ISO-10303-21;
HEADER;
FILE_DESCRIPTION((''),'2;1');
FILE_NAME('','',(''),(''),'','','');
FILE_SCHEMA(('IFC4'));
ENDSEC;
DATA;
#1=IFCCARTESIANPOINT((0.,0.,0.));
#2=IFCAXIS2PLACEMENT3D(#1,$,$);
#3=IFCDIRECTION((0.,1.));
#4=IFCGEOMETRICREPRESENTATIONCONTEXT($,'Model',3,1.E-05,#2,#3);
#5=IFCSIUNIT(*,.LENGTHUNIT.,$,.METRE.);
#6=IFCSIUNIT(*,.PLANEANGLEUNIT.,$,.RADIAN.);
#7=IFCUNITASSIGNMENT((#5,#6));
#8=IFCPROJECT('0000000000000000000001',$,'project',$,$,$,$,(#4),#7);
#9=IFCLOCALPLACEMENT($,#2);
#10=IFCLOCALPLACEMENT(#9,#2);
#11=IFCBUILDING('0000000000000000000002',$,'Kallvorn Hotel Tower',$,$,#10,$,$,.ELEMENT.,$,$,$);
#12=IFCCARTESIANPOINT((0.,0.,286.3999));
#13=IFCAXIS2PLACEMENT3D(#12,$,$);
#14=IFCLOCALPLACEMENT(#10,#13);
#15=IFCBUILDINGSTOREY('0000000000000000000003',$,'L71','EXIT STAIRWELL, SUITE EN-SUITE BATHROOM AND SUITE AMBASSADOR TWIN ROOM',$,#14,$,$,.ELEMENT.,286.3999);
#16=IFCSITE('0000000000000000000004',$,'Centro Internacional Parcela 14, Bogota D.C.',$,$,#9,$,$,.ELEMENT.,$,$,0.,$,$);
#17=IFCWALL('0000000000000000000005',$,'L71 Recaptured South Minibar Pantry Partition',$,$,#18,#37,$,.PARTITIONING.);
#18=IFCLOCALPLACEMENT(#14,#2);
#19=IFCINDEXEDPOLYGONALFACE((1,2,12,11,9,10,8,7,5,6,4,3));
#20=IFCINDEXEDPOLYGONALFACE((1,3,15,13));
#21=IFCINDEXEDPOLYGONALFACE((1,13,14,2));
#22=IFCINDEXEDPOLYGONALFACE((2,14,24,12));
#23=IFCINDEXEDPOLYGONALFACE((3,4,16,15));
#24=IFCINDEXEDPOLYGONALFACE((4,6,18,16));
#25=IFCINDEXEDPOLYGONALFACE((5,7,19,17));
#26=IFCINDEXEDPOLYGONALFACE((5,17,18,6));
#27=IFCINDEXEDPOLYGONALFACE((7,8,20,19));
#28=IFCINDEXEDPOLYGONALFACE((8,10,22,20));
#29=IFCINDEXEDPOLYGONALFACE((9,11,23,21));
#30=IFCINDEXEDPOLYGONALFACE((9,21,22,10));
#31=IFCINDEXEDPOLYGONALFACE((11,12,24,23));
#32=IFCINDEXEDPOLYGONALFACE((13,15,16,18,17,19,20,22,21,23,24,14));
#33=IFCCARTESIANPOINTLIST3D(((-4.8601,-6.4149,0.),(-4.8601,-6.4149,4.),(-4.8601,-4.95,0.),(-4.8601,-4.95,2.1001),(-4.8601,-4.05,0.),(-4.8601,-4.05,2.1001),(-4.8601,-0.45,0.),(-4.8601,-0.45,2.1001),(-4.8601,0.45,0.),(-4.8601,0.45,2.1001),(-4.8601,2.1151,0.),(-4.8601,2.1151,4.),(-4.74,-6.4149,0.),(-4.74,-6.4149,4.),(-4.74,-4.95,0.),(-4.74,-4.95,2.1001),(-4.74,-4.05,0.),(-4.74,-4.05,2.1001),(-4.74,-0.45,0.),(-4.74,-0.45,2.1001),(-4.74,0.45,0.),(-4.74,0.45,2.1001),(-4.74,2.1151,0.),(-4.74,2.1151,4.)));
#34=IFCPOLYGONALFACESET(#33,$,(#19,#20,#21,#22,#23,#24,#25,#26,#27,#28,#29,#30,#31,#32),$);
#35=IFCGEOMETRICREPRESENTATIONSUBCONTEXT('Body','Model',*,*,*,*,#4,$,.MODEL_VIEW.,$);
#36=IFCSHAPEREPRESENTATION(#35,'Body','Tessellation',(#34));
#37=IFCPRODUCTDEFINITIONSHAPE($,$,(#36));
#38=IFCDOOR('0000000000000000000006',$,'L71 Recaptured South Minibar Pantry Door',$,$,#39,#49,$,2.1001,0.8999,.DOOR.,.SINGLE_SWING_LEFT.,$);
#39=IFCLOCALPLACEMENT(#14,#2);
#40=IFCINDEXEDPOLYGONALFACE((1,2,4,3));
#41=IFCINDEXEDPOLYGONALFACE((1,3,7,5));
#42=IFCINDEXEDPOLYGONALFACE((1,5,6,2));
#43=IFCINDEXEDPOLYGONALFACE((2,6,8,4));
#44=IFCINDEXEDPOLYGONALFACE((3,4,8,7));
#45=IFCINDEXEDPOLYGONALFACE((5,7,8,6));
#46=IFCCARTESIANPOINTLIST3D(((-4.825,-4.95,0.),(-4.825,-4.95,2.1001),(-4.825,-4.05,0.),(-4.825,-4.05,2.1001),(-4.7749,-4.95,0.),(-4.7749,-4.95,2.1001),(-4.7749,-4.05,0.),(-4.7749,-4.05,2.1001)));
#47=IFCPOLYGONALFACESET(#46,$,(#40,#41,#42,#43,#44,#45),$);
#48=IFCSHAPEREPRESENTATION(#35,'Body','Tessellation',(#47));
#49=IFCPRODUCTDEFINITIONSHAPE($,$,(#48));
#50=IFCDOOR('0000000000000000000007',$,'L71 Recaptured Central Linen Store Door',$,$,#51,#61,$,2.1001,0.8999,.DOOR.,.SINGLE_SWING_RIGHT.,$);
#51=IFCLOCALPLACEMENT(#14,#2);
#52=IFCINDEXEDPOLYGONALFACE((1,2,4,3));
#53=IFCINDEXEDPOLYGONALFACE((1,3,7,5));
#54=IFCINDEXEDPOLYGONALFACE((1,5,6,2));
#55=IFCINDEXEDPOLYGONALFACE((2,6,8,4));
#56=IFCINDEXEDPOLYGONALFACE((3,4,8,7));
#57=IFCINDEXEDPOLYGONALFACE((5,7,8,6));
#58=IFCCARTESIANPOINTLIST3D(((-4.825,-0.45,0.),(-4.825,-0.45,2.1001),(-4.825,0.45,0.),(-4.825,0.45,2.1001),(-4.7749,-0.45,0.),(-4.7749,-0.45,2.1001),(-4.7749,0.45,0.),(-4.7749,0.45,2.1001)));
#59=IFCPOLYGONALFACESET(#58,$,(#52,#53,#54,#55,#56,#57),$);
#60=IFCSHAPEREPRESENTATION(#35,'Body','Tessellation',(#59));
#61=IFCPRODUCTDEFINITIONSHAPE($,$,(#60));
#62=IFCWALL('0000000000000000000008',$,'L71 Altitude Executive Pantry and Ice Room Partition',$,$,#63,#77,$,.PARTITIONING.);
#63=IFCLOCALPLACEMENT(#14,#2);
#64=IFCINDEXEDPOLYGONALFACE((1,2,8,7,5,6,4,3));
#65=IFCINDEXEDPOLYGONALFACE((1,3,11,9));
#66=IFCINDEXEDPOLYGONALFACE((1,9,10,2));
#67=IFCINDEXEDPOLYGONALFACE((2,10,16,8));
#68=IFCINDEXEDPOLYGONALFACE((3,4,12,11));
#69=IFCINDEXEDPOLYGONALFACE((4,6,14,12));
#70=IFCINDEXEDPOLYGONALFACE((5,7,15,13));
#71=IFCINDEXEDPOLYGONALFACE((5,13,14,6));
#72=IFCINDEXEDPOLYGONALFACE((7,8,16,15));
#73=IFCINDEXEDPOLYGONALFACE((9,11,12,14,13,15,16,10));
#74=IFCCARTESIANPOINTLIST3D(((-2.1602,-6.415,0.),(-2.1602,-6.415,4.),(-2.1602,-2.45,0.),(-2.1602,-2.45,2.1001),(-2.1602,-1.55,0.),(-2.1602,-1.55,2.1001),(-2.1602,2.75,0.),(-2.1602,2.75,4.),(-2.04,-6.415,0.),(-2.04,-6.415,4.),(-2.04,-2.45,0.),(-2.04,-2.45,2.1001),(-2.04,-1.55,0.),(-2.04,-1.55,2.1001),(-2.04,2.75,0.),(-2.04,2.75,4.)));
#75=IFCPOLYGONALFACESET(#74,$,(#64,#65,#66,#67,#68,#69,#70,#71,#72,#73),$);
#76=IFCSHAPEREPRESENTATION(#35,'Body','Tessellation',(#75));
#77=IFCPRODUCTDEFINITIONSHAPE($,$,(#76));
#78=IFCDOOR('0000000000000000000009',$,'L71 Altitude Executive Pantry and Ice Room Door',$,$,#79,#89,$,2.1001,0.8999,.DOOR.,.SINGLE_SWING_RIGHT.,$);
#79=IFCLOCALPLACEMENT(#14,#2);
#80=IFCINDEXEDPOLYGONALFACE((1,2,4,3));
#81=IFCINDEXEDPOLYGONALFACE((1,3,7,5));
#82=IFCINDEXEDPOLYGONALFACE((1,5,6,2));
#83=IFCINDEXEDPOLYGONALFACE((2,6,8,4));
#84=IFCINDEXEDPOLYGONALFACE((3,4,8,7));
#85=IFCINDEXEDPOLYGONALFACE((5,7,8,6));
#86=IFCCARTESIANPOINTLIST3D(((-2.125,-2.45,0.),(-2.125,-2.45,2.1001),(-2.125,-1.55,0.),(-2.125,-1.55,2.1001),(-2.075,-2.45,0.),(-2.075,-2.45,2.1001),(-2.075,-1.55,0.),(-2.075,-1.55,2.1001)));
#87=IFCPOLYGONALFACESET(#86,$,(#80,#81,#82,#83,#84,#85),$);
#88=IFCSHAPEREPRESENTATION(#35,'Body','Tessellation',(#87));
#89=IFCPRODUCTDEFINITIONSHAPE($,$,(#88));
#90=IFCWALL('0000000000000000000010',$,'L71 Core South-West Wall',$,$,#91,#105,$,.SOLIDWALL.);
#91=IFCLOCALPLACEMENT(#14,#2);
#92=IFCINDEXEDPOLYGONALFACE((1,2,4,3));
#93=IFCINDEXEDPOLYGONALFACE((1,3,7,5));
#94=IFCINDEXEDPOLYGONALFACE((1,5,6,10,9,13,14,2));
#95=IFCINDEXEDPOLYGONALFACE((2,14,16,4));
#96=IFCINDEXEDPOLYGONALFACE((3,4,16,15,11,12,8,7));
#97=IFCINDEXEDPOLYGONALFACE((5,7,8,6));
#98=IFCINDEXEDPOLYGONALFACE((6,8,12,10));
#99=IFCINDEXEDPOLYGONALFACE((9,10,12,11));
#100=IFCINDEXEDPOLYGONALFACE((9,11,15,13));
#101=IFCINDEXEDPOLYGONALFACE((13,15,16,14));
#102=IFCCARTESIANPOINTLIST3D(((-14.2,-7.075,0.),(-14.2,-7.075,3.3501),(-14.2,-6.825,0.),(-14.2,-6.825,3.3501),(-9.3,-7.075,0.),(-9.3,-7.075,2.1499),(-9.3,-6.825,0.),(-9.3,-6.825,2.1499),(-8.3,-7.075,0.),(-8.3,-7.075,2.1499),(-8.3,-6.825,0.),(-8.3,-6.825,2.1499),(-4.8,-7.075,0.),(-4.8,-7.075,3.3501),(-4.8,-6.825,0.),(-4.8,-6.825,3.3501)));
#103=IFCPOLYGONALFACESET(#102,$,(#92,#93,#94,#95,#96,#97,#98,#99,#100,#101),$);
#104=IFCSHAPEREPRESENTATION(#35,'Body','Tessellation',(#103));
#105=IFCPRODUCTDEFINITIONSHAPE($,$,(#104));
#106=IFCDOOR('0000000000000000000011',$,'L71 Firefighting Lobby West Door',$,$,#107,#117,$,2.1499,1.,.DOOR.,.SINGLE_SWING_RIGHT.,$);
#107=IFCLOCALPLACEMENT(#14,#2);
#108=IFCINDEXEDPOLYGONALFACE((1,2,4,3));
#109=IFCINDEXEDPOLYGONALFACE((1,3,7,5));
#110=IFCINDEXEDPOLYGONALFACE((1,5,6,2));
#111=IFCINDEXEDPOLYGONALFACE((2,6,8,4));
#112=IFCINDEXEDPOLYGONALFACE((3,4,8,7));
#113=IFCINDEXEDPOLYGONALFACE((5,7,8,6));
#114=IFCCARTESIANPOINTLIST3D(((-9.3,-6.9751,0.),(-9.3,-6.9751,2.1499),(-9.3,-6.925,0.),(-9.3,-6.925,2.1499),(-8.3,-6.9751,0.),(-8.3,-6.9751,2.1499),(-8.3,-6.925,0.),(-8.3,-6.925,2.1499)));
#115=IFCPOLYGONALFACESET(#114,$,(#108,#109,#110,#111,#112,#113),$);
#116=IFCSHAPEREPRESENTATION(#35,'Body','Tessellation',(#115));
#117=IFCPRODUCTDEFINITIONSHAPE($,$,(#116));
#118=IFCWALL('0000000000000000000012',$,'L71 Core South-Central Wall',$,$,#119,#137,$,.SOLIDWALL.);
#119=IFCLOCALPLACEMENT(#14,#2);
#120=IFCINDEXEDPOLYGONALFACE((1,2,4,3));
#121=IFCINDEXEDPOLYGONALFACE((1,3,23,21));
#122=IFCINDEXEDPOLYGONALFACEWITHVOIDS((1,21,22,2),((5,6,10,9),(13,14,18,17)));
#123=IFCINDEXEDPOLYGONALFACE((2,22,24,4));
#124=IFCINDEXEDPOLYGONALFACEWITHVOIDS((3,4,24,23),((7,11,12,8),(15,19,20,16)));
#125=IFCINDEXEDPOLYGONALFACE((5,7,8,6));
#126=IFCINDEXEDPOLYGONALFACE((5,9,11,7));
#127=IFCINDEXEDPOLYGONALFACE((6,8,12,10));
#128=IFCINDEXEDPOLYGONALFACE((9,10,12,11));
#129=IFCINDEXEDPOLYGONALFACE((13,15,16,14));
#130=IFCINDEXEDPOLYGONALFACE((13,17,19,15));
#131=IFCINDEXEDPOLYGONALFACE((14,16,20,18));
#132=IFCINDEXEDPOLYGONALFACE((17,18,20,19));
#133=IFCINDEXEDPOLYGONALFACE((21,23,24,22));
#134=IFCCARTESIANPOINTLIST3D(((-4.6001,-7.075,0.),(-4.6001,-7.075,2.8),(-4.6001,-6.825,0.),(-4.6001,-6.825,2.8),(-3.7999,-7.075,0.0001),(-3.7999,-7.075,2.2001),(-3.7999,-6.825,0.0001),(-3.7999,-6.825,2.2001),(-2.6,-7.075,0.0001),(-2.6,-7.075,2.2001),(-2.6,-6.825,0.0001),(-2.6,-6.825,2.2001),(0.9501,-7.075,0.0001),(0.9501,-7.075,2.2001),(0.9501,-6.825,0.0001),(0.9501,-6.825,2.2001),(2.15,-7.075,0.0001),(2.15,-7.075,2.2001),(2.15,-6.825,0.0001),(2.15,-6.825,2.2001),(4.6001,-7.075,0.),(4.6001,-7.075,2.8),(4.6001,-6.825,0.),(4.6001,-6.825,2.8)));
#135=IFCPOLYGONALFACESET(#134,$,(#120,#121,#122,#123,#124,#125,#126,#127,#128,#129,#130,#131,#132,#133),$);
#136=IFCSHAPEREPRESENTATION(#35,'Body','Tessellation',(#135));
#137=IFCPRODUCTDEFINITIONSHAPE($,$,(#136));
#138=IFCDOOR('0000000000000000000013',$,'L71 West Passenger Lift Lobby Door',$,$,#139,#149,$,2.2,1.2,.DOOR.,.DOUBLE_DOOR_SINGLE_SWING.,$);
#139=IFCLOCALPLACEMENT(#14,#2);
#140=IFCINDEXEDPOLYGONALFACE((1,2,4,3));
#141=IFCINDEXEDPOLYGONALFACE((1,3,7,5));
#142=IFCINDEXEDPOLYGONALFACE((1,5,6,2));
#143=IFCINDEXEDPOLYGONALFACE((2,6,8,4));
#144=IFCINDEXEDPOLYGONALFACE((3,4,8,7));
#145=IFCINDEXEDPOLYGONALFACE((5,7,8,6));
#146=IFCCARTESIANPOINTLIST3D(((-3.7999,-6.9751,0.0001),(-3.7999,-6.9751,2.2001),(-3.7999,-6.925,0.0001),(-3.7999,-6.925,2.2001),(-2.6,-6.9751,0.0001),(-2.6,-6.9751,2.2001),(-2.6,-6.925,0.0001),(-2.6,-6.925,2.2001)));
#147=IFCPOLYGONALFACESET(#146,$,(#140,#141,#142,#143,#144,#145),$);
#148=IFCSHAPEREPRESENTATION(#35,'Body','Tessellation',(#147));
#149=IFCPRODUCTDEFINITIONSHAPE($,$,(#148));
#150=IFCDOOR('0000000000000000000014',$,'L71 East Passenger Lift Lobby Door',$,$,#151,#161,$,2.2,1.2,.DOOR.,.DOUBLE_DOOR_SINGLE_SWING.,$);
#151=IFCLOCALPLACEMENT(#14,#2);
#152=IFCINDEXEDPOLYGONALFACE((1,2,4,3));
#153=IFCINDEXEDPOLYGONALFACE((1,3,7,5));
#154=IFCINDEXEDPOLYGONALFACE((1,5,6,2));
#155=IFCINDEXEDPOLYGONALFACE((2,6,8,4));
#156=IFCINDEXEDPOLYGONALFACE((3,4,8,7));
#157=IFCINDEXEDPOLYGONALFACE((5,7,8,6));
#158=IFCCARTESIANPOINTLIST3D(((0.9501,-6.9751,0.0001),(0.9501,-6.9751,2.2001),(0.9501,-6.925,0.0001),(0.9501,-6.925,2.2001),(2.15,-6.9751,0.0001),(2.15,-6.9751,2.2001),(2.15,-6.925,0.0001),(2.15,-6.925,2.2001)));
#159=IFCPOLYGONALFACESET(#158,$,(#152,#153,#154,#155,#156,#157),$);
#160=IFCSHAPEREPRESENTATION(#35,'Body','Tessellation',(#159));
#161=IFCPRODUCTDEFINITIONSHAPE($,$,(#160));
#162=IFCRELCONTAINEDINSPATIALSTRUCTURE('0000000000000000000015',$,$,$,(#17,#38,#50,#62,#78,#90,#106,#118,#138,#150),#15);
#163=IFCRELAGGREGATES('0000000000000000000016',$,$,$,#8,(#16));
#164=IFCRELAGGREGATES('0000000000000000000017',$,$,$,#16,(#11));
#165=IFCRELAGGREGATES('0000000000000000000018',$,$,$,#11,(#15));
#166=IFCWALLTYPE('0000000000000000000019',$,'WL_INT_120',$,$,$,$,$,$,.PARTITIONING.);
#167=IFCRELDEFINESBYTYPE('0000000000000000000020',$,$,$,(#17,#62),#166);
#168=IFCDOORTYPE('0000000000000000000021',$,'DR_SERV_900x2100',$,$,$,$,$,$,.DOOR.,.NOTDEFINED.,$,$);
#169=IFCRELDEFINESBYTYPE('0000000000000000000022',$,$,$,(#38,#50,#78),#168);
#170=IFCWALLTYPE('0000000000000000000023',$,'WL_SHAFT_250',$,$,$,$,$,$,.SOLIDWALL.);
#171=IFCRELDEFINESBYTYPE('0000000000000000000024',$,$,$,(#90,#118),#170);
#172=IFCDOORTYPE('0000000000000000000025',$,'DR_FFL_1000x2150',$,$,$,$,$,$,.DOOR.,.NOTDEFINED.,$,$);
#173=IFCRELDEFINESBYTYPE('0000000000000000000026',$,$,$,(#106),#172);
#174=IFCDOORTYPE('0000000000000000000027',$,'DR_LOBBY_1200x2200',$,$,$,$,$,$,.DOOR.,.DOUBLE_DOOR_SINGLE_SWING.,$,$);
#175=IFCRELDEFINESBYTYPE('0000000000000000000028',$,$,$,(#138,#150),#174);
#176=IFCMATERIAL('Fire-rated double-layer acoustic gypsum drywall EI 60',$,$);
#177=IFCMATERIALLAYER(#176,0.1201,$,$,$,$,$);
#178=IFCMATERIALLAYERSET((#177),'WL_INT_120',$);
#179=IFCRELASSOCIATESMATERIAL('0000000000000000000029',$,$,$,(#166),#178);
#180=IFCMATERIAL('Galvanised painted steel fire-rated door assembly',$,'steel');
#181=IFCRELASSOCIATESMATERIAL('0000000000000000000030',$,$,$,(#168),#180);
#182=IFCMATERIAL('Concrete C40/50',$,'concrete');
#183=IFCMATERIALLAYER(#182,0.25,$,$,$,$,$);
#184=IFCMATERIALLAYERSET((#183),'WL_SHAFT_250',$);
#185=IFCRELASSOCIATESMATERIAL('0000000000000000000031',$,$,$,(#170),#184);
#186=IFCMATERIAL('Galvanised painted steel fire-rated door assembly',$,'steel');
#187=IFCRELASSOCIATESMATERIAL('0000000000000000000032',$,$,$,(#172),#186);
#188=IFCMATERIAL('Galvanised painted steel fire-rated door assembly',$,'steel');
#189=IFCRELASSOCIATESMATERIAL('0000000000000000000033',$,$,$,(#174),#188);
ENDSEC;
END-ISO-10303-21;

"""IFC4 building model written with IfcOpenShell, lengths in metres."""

from ifc_helpers import new_model, si_unit, direction, frame, frame_2d, origin, place, context, subcontext, project, spatial, rectangle, extrude, material, layer, layer_set, type_object, element, fill, save


model = new_model("IFC4")

# Units and contexts
model_context = context("Model", 3, precision=1e-05, world=origin(), true_north=direction((0.0, 1.0)))
body_context = subcontext(model_context, "Body", "Model", "MODEL_VIEW")
ifc_project = project(units=[si_unit("LENGTHUNIT", "METRE"), si_unit("PLANEANGLEUNIT", "RADIAN")], contexts=[model_context])

# Site, building, storey
site_placement = place(None, origin())
site = spatial("IfcSite", under=ifc_project, at=site_placement, Name="Centro Internacional Parcela 14, Bogota D.C.", CompositionType="ELEMENT", RefElevation=0.0)
building_placement = place(site_placement, origin())
building = spatial("IfcBuilding", under=site, at=building_placement, Name="Kallvorn Hotel Tower", CompositionType="ELEMENT")
storey_placement = place(building_placement, frame((0.0, 0.0, 286.3999)))
storey = spatial("IfcBuildingStorey", under=building, at=storey_placement, Name="L71", Description="EXIT STAIRWELL, SUITE EN-SUITE BATHROOM AND SUITE AMBASSADOR TWIN ROOM", CompositionType="ELEMENT", Elevation=286.3999)

# Shared definitions
ifc_material_1 = material(Name="Fire-rated double-layer acoustic gypsum drywall EI 60")
ifc_layer_1 = layer(ifc_material_1, 0.1201)
ifc_layer_set_1 = layer_set([ifc_layer_1], Name="WL_INT_120")
wall_type_1 = type_object("IfcWallType", Name="WL_INT_120", PredefinedType="PARTITIONING", material=ifc_layer_set_1)

# Wall, openings, doors
wall_1_placement = place(storey_placement, frame((-4.8, -6.415, 0.0), z_axis=(0.0, 0.0, 1.0), x_axis=(0.0, 1.0, 0.0)))
wall_1 = element("IfcWall", 1, at=wall_1_placement, inside=storey, type_object=wall_type_1, Name="L71 Recaptured South Minibar Pantry Partition", PredefinedType="PARTITIONING", context=body_context, shape_type="SweptSolid", body=[
    extrude(rectangle(XDim=8.53, YDim=0.1201, at=frame_2d((4.2651, 0.0))), origin(), (0.0, 0.0, 1.0), 4.0),
])
opening_1_placement = place(wall_1_placement, frame((1.4651, 0.0, 0.0)))
opening_1 = element("IfcOpeningElement", 2, at=opening_1_placement, cuts=wall_1, PredefinedType="OPENING", context=body_context, shape_type="SweptSolid", body=[
    extrude(rectangle(XDim=0.8999, YDim=2.1001, at=frame_2d((0.45, 1.05))), frame((0.0, 0.075, 0.0), z_axis=(0.0, -1.0, 0.0), x_axis=(1.0, 0.0, 0.0)), (0.0, 0.0, 1.0), 0.1501),
])
opening_2_placement = place(wall_1_placement, frame((5.9651, 0.0, 0.0)))
opening_2 = element("IfcOpeningElement", 3, at=opening_2_placement, cuts=wall_1, PredefinedType="OPENING", context=body_context, shape_type="SweptSolid", body=[
    extrude(rectangle(XDim=0.8999, YDim=2.1001, at=frame_2d((0.45, 1.05))), frame((0.0, 0.075, 0.0), z_axis=(0.0, -1.0, 0.0), x_axis=(1.0, 0.0, 0.0)), (0.0, 0.0, 1.0), 0.1501),
])
ifc_material_2 = material(Name="Galvanised painted steel fire-rated door assembly", Category="steel")
door_type_1 = type_object("IfcDoorType", Name="DR_SERV_900x2100", OperationType="NOTDEFINED", PredefinedType="DOOR", material=ifc_material_2)
door_1_placement = place(opening_1_placement, origin())
door_1 = element("IfcDoor", 4, at=door_1_placement, inside=storey, type_object=door_type_1, Name="L71 Recaptured South Minibar Pantry Door", OperationType="SINGLE_SWING_LEFT", OverallHeight=2.1001, OverallWidth=0.8999, PredefinedType="DOOR", context=body_context, shape_type="SweptSolid", body=[
    extrude(rectangle(XDim=0.8999, YDim=2.1001, at=frame_2d((0.45, 1.05))), frame((0.0, 0.0249, 0.0), z_axis=(0.0, -1.0, 0.0), x_axis=(1.0, 0.0, 0.0)), (0.0, 0.0, 1.0), 0.05),
])
fill(opening_1, door_1)
door_2_placement = place(opening_2_placement, origin())
door_2 = element("IfcDoor", 5, at=door_2_placement, inside=storey, type_object=door_type_1, Name="L71 Recaptured Central Linen Store Door", OperationType="SINGLE_SWING_RIGHT", OverallHeight=2.1001, OverallWidth=0.8999, PredefinedType="DOOR", context=body_context, shape_type="SweptSolid", body=[
    extrude(rectangle(XDim=0.8999, YDim=2.1001, at=frame_2d((0.45, 1.05))), frame((0.0, 0.0249, 0.0), z_axis=(0.0, -1.0, 0.0), x_axis=(1.0, 0.0, 0.0)), (0.0, 0.0, 1.0), 0.05),
])
fill(opening_2, door_2)

# Walls, openings, doors
wall_2_placement = place(storey_placement, frame((-2.1001, -6.415, 0.0), z_axis=(0.0, 0.0, 1.0), x_axis=(0.0, 1.0, 0.0)))
wall_2 = element("IfcWall", 6, at=wall_2_placement, inside=storey, type_object=wall_type_1, Name="L71 Altitude Executive Pantry and Ice Room Partition", PredefinedType="PARTITIONING", context=body_context, shape_type="SweptSolid", body=[
    extrude(rectangle(XDim=9.165, YDim=0.1201, at=frame_2d((4.5825, 0.0))), origin(), (0.0, 0.0, 1.0), 4.0),
])
opening_3_placement = place(wall_2_placement, frame((3.9651, 0.0, 0.0)))
opening_3 = element("IfcOpeningElement", 7, at=opening_3_placement, cuts=wall_2, PredefinedType="OPENING", context=body_context, shape_type="SweptSolid", body=[
    extrude(rectangle(XDim=0.8999, YDim=2.1001, at=frame_2d((0.45, 1.05))), frame((0.0, 0.075, 0.0), z_axis=(0.0, -1.0, 0.0), x_axis=(1.0, 0.0, 0.0)), (0.0, 0.0, 1.0), 0.1501),
])
door_3_placement = place(opening_3_placement, origin())
door_3 = element("IfcDoor", 8, at=door_3_placement, inside=storey, type_object=door_type_1, Name="L71 Altitude Executive Pantry and Ice Room Door", OperationType="SINGLE_SWING_RIGHT", OverallHeight=2.1001, OverallWidth=0.8999, PredefinedType="DOOR", context=body_context, shape_type="SweptSolid", body=[
    extrude(rectangle(XDim=0.8999, YDim=2.1001, at=frame_2d((0.45, 1.05))), frame((0.0, 0.0249, 0.0), z_axis=(0.0, -1.0, 0.0), x_axis=(1.0, 0.0, 0.0)), (0.0, 0.0, 1.0), 0.05),
])
fill(opening_3, door_3)
ifc_material_3 = material(Name="Concrete C40/50", Category="concrete")
ifc_layer_2 = layer(ifc_material_3, 0.25)
ifc_layer_set_2 = layer_set([ifc_layer_2], Name="WL_SHAFT_250")
wall_type_2 = type_object("IfcWallType", Name="WL_SHAFT_250", PredefinedType="SOLIDWALL", material=ifc_layer_set_2)
wall_3_placement = place(storey_placement, frame((-14.2, -6.95, 0.0), z_axis=(0.0, 0.0, 1.0), x_axis=(1.0, 0.0, 0.0)))
wall_3 = element("IfcWall", 9, at=wall_3_placement, inside=storey, type_object=wall_type_2, Name="L71 Core South-West Wall", PredefinedType="SOLIDWALL", context=body_context, shape_type="SweptSolid", body=[
    extrude(rectangle(XDim=9.3999, YDim=0.25, at=frame_2d((4.7, 0.0))), origin(), (0.0, 0.0, 1.0), 3.3501),
])
opening_4_placement = place(wall_3_placement, frame((4.8999, 0.0, 0.0)))
opening_4 = element("IfcOpeningElement", 10, at=opening_4_placement, cuts=wall_3, PredefinedType="OPENING", context=body_context, shape_type="SweptSolid", body=[
    extrude(rectangle(XDim=1.0, YDim=2.1499, at=frame_2d((0.5, 1.075))), frame((0.0, 0.1399, 0.0), z_axis=(0.0, -1.0, 0.0), x_axis=(1.0, 0.0, 0.0)), (0.0, 0.0, 1.0), 0.28),
])
ifc_material_4 = material(Name="Galvanised painted steel fire-rated door assembly", Category="steel")
door_type_2 = type_object("IfcDoorType", Name="DR_FFL_1000x2150", OperationType="NOTDEFINED", PredefinedType="DOOR", material=ifc_material_4)
door_4_placement = place(opening_4_placement, origin())
door_4 = element("IfcDoor", 11, at=door_4_placement, inside=storey, type_object=door_type_2, Name="L71 Firefighting Lobby West Door", OperationType="SINGLE_SWING_RIGHT", OverallHeight=2.1499, OverallWidth=1.0, PredefinedType="DOOR", context=body_context, shape_type="SweptSolid", body=[
    extrude(rectangle(XDim=1.0, YDim=2.1499, at=frame_2d((0.5, 1.075))), frame((0.0, 0.0249, 0.0), z_axis=(0.0, -1.0, 0.0), x_axis=(1.0, 0.0, 0.0)), (0.0, 0.0, 1.0), 0.05),
])
fill(opening_4, door_4)

# Wall, openings, doors
wall_4_placement = place(storey_placement, frame((-4.6001, -6.95, 0.0), z_axis=(0.0, 0.0, 1.0), x_axis=(1.0, 0.0, 0.0)))
wall_4 = element("IfcWall", 12, at=wall_4_placement, inside=storey, type_object=wall_type_2, Name="L71 Core South-Central Wall", PredefinedType="SOLIDWALL", context=body_context, shape_type="SweptSolid", body=[
    extrude(rectangle(XDim=9.2002, YDim=0.25, at=frame_2d((4.6001, 0.0))), origin(), (0.0, 0.0, 1.0), 2.8),
])
opening_5_placement = place(wall_4_placement, frame((0.8, 0.0, 0.0)))
opening_5 = element("IfcOpeningElement", 13, at=opening_5_placement, cuts=wall_4, PredefinedType="OPENING", context=body_context, shape_type="SweptSolid", body=[
    extrude(rectangle(XDim=1.2, YDim=2.2, at=frame_2d((0.6001, 1.1001))), frame((0.0, 0.1399, 0.0), z_axis=(0.0, -1.0, 0.0), x_axis=(1.0, 0.0, 0.0)), (0.0, 0.0, 1.0), 0.28),
])
opening_6_placement = place(wall_4_placement, frame((5.55, 0.0, 0.0)))
opening_6 = element("IfcOpeningElement", 14, at=opening_6_placement, cuts=wall_4, PredefinedType="OPENING", context=body_context, shape_type="SweptSolid", body=[
    extrude(rectangle(XDim=1.2, YDim=2.2, at=frame_2d((0.6001, 1.1001))), frame((0.0, 0.1399, 0.0), z_axis=(0.0, -1.0, 0.0), x_axis=(1.0, 0.0, 0.0)), (0.0, 0.0, 1.0), 0.28),
])
ifc_material_5 = material(Name="Galvanised painted steel fire-rated door assembly", Category="steel")
door_type_3 = type_object("IfcDoorType", Name="DR_LOBBY_1200x2200", OperationType="DOUBLE_DOOR_SINGLE_SWING", PredefinedType="DOOR", material=ifc_material_5)
door_5_placement = place(opening_5_placement, origin())
door_5 = element("IfcDoor", 15, at=door_5_placement, inside=storey, type_object=door_type_3, Name="L71 West Passenger Lift Lobby Door", OperationType="DOUBLE_DOOR_SINGLE_SWING", OverallHeight=2.2, OverallWidth=1.2, PredefinedType="DOOR", context=body_context, shape_type="SweptSolid", body=[
    extrude(rectangle(XDim=1.2, YDim=2.2, at=frame_2d((0.6001, 1.1001))), frame((0.0, 0.0249, 0.0), z_axis=(0.0, -1.0, 0.0), x_axis=(1.0, 0.0, 0.0)), (0.0, 0.0, 1.0), 0.05),
])
fill(opening_5, door_5)
door_6_placement = place(opening_6_placement, origin())
door_6 = element("IfcDoor", 16, at=door_6_placement, inside=storey, type_object=door_type_3, Name="L71 East Passenger Lift Lobby Door", OperationType="DOUBLE_DOOR_SINGLE_SWING", OverallHeight=2.2, OverallWidth=1.2, PredefinedType="DOOR", context=body_context, shape_type="SweptSolid", body=[
    extrude(rectangle(XDim=1.2, YDim=2.2, at=frame_2d((0.6001, 1.1001))), frame((0.0, 0.0249, 0.0), z_axis=(0.0, -1.0, 0.0), x_axis=(1.0, 0.0, 0.0)), (0.0, 0.0, 1.0), 0.05),
])
fill(opening_6, door_6)

save(model, "model.ifc")
